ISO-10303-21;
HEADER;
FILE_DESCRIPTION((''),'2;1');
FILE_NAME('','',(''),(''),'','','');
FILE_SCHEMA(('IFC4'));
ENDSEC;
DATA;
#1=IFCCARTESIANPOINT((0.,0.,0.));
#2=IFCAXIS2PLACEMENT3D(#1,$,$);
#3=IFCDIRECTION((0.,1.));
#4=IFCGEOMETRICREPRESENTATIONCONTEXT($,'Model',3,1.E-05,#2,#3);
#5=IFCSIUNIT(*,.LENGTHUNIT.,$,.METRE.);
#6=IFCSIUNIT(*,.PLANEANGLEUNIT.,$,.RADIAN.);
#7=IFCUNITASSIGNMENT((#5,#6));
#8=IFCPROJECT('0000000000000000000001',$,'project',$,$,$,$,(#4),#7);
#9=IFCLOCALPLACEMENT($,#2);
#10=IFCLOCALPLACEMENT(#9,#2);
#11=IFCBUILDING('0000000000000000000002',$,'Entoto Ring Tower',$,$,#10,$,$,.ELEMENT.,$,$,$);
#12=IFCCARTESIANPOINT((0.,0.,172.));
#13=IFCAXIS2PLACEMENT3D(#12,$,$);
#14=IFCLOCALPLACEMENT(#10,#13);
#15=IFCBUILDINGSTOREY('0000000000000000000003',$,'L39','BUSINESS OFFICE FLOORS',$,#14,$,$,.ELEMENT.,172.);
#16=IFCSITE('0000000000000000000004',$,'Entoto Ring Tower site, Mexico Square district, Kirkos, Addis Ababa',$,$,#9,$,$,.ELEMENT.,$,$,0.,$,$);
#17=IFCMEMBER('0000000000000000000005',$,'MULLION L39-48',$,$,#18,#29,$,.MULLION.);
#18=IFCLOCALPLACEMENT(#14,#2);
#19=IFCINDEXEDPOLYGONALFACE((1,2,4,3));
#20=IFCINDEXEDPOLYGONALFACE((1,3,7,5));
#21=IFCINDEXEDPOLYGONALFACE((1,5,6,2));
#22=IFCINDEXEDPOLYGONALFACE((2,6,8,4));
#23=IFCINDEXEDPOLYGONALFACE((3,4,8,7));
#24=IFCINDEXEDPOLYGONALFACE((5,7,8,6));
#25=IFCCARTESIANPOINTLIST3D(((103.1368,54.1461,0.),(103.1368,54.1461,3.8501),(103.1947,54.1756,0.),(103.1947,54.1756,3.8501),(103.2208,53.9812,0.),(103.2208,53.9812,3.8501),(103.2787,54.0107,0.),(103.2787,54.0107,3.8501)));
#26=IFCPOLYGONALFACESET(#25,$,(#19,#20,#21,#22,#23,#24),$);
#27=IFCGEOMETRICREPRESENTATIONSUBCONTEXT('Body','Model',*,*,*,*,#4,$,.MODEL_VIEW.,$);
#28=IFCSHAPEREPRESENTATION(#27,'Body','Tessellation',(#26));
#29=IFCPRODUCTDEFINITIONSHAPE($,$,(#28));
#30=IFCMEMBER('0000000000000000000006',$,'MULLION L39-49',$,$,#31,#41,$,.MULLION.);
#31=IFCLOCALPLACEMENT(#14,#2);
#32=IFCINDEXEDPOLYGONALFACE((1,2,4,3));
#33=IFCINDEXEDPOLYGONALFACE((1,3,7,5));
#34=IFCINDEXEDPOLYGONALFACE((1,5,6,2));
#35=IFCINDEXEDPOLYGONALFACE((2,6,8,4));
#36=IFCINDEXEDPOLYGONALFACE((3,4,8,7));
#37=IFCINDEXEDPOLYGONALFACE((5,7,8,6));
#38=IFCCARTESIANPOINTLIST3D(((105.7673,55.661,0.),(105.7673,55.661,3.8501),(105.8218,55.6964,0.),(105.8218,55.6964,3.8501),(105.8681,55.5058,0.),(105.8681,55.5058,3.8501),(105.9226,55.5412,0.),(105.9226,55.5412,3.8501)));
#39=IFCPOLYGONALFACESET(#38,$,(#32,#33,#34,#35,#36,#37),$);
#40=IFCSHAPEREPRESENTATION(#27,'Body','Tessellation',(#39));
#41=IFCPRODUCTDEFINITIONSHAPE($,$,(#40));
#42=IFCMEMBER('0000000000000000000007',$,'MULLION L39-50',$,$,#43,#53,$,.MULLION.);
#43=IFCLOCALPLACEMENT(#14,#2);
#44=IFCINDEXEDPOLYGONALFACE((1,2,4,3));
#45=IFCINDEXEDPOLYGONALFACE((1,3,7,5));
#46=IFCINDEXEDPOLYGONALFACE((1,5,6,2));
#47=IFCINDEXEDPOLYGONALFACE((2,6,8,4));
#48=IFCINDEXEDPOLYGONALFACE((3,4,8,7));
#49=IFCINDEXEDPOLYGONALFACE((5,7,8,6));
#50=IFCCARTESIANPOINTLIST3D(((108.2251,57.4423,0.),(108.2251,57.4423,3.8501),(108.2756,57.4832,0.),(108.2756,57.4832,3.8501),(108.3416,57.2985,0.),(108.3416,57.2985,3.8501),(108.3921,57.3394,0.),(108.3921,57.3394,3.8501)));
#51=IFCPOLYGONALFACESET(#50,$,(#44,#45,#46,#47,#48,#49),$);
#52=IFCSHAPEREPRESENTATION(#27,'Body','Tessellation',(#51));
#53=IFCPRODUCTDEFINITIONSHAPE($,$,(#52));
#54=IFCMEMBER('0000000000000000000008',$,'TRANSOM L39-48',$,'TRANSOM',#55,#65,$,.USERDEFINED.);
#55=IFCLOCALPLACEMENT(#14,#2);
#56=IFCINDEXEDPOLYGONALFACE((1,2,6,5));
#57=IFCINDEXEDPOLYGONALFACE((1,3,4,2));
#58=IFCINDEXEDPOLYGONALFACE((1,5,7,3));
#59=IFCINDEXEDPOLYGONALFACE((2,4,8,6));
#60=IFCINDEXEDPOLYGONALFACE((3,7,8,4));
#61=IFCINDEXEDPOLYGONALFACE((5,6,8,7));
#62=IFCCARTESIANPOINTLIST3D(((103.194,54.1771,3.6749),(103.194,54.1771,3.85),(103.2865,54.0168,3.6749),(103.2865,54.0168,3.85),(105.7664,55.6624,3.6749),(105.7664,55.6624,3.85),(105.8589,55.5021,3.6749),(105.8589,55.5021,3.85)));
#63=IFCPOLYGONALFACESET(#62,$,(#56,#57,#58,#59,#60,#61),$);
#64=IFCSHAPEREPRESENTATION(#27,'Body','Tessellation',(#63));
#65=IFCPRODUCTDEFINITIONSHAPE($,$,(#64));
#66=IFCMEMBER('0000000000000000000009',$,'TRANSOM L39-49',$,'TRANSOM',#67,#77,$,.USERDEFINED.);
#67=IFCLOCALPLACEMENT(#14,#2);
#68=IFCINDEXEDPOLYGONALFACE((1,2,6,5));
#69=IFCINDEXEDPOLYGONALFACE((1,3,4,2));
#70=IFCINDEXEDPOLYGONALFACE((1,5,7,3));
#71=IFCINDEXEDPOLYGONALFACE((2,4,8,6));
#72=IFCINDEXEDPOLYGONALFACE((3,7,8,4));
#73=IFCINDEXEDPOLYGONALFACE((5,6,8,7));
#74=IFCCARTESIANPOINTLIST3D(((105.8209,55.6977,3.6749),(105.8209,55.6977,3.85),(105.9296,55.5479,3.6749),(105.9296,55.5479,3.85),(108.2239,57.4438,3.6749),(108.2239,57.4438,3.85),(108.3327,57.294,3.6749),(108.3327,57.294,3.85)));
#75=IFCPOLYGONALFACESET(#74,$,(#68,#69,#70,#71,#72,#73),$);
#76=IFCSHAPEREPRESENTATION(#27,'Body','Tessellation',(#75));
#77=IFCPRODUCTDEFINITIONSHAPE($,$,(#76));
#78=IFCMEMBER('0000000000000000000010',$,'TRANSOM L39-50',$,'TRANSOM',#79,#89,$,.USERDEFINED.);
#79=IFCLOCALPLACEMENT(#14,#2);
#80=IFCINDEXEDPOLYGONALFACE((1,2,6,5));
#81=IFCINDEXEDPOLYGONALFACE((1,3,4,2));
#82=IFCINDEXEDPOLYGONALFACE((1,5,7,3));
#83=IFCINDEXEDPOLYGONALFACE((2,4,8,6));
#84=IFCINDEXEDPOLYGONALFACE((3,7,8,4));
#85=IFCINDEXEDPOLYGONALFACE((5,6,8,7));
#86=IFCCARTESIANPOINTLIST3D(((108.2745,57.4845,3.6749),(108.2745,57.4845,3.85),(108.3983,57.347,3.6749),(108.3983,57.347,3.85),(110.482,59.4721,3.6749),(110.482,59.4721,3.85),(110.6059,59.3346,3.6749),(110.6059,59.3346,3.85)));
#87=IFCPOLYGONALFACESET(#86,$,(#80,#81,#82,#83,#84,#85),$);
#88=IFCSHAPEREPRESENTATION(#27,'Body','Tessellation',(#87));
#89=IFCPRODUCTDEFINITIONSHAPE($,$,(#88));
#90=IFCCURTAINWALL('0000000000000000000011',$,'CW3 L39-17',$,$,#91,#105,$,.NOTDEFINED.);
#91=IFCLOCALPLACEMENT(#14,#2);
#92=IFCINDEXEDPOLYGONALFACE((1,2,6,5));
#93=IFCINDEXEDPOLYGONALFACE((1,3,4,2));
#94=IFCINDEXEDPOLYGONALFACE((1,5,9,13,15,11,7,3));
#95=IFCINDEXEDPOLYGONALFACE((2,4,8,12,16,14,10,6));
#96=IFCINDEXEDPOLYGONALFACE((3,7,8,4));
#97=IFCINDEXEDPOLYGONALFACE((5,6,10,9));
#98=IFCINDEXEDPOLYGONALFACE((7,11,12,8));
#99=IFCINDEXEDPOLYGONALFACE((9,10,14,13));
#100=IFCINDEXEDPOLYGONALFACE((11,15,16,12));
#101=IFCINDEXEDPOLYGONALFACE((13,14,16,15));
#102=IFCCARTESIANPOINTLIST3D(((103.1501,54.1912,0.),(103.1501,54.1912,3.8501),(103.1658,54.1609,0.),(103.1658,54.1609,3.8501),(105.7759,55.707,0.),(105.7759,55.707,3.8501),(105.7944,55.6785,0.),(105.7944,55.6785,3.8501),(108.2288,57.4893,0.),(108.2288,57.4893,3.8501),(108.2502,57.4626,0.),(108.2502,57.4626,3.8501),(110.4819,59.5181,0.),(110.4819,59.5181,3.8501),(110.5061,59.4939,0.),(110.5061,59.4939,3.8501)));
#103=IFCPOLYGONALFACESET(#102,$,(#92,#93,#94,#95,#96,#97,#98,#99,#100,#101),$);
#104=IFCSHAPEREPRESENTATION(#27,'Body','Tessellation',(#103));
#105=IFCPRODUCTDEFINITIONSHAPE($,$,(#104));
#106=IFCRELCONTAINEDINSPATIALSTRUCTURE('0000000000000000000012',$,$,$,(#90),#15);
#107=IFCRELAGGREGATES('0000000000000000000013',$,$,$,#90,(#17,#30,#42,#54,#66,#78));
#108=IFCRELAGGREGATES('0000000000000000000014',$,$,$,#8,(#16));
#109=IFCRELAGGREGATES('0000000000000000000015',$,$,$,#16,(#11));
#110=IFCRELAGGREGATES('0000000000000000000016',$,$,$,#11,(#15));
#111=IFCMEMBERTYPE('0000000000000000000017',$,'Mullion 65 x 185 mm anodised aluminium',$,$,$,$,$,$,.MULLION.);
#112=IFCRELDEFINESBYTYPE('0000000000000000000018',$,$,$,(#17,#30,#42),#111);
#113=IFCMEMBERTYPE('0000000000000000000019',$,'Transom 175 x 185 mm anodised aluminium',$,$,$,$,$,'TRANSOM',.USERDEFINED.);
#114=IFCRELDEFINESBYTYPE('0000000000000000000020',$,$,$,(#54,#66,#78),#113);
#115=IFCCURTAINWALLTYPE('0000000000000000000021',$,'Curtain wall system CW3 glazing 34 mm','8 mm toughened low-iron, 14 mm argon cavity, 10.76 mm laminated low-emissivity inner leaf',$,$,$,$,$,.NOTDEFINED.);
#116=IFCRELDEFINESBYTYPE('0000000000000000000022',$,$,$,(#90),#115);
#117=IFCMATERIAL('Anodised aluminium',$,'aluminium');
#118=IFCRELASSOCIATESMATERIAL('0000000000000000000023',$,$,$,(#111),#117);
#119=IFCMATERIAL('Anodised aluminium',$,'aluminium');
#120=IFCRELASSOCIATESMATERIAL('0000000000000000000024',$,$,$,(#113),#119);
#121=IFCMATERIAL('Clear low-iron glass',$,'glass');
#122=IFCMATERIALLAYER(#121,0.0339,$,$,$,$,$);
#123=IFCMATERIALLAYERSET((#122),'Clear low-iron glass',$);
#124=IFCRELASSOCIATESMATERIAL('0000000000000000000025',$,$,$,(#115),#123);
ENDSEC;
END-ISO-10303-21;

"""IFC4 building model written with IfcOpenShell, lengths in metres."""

from ifc_helpers import new_model, si_unit, direction, frame, origin, origin_2d, place, context, subcontext, project, spatial, polyline, rectangle, outline, extrude, material, layer, layer_set, material_profile, profile_set, type_object, element, aggregate, save


model = new_model("IFC4")

# Units and contexts
model_context = context("Model", 3, precision=1e-05, world=origin(), true_north=direction((0.0, 1.0)))
body_context = subcontext(model_context, "Body", "Model", "MODEL_VIEW")
ifc_project = project(units=[si_unit("LENGTHUNIT", "METRE"), si_unit("PLANEANGLEUNIT", "RADIAN")], contexts=[model_context])

# Members
ifc_material_1 = material(Name="Anodised aluminium", Category="aluminium")
ifc_material_profile_1 = material_profile(ifc_material_1, rectangle(XDim=0.0649, YDim=0.1851, at=origin_2d()), Name="Mullion 65 x 185 mm anodised aluminium")
ifc_profile_set_1 = profile_set([ifc_material_profile_1], Name="Anodised aluminium")
member_type_1 = type_object("IfcMemberType", Name="Mullion 65 x 185 mm anodised aluminium", PredefinedType="MULLION", material=ifc_profile_set_1)
site_placement = place(None, origin())
building_placement = place(site_placement, origin())
storey_placement = place(building_placement, frame((0.0, 0.0, 172.0)))
member_1_placement = place(storey_placement, frame((103.2078, 54.0784, 0.0), z_axis=(0.0, 0.0, 1.0), x_axis=(0.891007, 0.45399, 0.0)))
member_1 = element("IfcMember", 1, at=member_1_placement, type_object=member_type_1, Name="MULLION L39-48", PredefinedType="MULLION", context=body_context, shape_type="SweptSolid", body=[
    extrude(rectangle(XDim=0.0649, YDim=0.1851, at=origin_2d()), origin(), (0.0, 0.0, 1.0), 3.8501),
])
member_2_placement = place(storey_placement, frame((105.845, 55.6011, 0.0), z_axis=(0.0, 0.0, 1.0), x_axis=(0.838671, 0.544639, 0.0)))
member_2 = element("IfcMember", 2, at=member_2_placement, type_object=member_type_1, Name="MULLION L39-49", PredefinedType="MULLION", context=body_context, shape_type="SweptSolid", body=[
    extrude(rectangle(XDim=0.0649, YDim=0.1851, at=origin_2d()), origin(), (0.0, 0.0, 1.0), 3.8501),
])
member_3_placement = place(storey_placement, frame((108.3086, 57.3909, 0.0), z_axis=(0.0, 0.0, 1.0), x_axis=(0.777146, 0.62932, 0.0)))
member_3 = element("IfcMember", 3, at=member_3_placement, type_object=member_type_1, Name="MULLION L39-50", PredefinedType="MULLION", context=body_context, shape_type="SweptSolid", body=[
    extrude(rectangle(XDim=0.0649, YDim=0.1851, at=origin_2d()), origin(), (0.0, 0.0, 1.0), 3.8501),
])
ifc_material_2 = material(Name="Anodised aluminium", Category="aluminium")
ifc_material_profile_2 = material_profile(ifc_material_2, rectangle(XDim=0.1851, YDim=0.175, at=origin_2d()), Name="Transom 175 x 185 mm anodised aluminium")
ifc_profile_set_2 = profile_set([ifc_material_profile_2], Name="Anodised aluminium")
member_type_2 = type_object("IfcMemberType", Name="Transom 175 x 185 mm anodised aluminium", ElementType="TRANSOM", PredefinedType="USERDEFINED", material=ifc_profile_set_2)
member_4_placement = place(storey_placement, frame((103.2402, 54.0969, 3.7625), z_axis=(0.866009, 0.500028, 0.0), x_axis=(-0.500028, 0.866009, 0.0)))
member_4 = element("IfcMember", 4, at=member_4_placement, type_object=member_type_2, Name="TRANSOM L39-48", ObjectType="TRANSOM", PredefinedType="USERDEFINED", context=body_context, shape_type="SweptSolid", body=[
    extrude(rectangle(XDim=0.1851, YDim=0.175, at=origin_2d()), origin(), (0.0, 0.0, 1.0), 2.9705),
])
member_5_placement = place(storey_placement, frame((105.8752, 55.6228, 3.7625), z_axis=(0.808992, 0.58782, 0.0), x_axis=(-0.58782, 0.808992, 0.0)))
member_5 = element("IfcMember", 5, at=member_5_placement, type_object=member_type_2, Name="TRANSOM L39-49", ObjectType="TRANSOM", PredefinedType="USERDEFINED", context=body_context, shape_type="SweptSolid", body=[
    extrude(rectangle(XDim=0.1851, YDim=0.175, at=origin_2d()), origin(), (0.0, 0.0, 1.0), 2.9705),
])
member_6_placement = place(storey_placement, frame((108.3364, 57.4158, 3.7625), z_axis=(0.743163, 0.66911, 0.0), x_axis=(-0.66911, 0.743163, 0.0)))
member_6 = element("IfcMember", 6, at=member_6_placement, type_object=member_type_2, Name="TRANSOM L39-50", ObjectType="TRANSOM", PredefinedType="USERDEFINED", context=body_context, shape_type="SweptSolid", body=[
    extrude(rectangle(XDim=0.1851, YDim=0.175, at=origin_2d()), origin(), (0.0, 0.0, 1.0), 2.9705),
])

# Site, building, storey
site = spatial("IfcSite", under=ifc_project, at=site_placement, Name="Entoto Ring Tower site, Mexico Square district, Kirkos, Addis Ababa", CompositionType="ELEMENT", RefElevation=0.0)
building = spatial("IfcBuilding", under=site, at=building_placement, Name="Entoto Ring Tower", CompositionType="ELEMENT")
storey = spatial("IfcBuildingStorey", under=building, at=storey_placement, Name="L39", Description="BUSINESS OFFICE FLOORS", CompositionType="ELEMENT", Elevation=172.0)

# Curtain wall
ifc_material_3 = material(Name="Clear low-iron glass", Category="glass")
ifc_layer_1 = layer(ifc_material_3, 0.0339)
ifc_layer_set_1 = layer_set([ifc_layer_1], Name="Clear low-iron glass")
curtain_wall_type = type_object("IfcCurtainWallType", Name="Curtain wall system CW3 glazing 34 mm", Description="8 mm toughened low-iron, 14 mm argon cavity, 10.76 mm laminated low-emissivity inner leaf", PredefinedType="NOTDEFINED", material=ifc_layer_set_1)
curtain_wall_1_placement = place(storey_placement, origin())
curtain_wall_1 = element("IfcCurtainWall", 7, at=curtain_wall_1_placement, inside=storey, type_object=curtain_wall_type, Name="CW3 L39-17", PredefinedType="NOTDEFINED", context=body_context, shape_type="SweptSolid", body=[
    extrude(outline(polyline([(103.1658, 54.1609), (105.7944, 55.6785), (108.2502, 57.4626), (110.5061, 59.4939), (110.4819, 59.5181), (108.2288, 57.4893), (105.7759, 55.707), (103.1501, 54.1912), (103.1658, 54.1609)])), origin(), (0.0, 0.0, 1.0), 3.8501),
])
aggregate(curtain_wall_1, [member_1, member_2, member_3, member_4, member_5, member_6])

save(model, "model.ifc")
